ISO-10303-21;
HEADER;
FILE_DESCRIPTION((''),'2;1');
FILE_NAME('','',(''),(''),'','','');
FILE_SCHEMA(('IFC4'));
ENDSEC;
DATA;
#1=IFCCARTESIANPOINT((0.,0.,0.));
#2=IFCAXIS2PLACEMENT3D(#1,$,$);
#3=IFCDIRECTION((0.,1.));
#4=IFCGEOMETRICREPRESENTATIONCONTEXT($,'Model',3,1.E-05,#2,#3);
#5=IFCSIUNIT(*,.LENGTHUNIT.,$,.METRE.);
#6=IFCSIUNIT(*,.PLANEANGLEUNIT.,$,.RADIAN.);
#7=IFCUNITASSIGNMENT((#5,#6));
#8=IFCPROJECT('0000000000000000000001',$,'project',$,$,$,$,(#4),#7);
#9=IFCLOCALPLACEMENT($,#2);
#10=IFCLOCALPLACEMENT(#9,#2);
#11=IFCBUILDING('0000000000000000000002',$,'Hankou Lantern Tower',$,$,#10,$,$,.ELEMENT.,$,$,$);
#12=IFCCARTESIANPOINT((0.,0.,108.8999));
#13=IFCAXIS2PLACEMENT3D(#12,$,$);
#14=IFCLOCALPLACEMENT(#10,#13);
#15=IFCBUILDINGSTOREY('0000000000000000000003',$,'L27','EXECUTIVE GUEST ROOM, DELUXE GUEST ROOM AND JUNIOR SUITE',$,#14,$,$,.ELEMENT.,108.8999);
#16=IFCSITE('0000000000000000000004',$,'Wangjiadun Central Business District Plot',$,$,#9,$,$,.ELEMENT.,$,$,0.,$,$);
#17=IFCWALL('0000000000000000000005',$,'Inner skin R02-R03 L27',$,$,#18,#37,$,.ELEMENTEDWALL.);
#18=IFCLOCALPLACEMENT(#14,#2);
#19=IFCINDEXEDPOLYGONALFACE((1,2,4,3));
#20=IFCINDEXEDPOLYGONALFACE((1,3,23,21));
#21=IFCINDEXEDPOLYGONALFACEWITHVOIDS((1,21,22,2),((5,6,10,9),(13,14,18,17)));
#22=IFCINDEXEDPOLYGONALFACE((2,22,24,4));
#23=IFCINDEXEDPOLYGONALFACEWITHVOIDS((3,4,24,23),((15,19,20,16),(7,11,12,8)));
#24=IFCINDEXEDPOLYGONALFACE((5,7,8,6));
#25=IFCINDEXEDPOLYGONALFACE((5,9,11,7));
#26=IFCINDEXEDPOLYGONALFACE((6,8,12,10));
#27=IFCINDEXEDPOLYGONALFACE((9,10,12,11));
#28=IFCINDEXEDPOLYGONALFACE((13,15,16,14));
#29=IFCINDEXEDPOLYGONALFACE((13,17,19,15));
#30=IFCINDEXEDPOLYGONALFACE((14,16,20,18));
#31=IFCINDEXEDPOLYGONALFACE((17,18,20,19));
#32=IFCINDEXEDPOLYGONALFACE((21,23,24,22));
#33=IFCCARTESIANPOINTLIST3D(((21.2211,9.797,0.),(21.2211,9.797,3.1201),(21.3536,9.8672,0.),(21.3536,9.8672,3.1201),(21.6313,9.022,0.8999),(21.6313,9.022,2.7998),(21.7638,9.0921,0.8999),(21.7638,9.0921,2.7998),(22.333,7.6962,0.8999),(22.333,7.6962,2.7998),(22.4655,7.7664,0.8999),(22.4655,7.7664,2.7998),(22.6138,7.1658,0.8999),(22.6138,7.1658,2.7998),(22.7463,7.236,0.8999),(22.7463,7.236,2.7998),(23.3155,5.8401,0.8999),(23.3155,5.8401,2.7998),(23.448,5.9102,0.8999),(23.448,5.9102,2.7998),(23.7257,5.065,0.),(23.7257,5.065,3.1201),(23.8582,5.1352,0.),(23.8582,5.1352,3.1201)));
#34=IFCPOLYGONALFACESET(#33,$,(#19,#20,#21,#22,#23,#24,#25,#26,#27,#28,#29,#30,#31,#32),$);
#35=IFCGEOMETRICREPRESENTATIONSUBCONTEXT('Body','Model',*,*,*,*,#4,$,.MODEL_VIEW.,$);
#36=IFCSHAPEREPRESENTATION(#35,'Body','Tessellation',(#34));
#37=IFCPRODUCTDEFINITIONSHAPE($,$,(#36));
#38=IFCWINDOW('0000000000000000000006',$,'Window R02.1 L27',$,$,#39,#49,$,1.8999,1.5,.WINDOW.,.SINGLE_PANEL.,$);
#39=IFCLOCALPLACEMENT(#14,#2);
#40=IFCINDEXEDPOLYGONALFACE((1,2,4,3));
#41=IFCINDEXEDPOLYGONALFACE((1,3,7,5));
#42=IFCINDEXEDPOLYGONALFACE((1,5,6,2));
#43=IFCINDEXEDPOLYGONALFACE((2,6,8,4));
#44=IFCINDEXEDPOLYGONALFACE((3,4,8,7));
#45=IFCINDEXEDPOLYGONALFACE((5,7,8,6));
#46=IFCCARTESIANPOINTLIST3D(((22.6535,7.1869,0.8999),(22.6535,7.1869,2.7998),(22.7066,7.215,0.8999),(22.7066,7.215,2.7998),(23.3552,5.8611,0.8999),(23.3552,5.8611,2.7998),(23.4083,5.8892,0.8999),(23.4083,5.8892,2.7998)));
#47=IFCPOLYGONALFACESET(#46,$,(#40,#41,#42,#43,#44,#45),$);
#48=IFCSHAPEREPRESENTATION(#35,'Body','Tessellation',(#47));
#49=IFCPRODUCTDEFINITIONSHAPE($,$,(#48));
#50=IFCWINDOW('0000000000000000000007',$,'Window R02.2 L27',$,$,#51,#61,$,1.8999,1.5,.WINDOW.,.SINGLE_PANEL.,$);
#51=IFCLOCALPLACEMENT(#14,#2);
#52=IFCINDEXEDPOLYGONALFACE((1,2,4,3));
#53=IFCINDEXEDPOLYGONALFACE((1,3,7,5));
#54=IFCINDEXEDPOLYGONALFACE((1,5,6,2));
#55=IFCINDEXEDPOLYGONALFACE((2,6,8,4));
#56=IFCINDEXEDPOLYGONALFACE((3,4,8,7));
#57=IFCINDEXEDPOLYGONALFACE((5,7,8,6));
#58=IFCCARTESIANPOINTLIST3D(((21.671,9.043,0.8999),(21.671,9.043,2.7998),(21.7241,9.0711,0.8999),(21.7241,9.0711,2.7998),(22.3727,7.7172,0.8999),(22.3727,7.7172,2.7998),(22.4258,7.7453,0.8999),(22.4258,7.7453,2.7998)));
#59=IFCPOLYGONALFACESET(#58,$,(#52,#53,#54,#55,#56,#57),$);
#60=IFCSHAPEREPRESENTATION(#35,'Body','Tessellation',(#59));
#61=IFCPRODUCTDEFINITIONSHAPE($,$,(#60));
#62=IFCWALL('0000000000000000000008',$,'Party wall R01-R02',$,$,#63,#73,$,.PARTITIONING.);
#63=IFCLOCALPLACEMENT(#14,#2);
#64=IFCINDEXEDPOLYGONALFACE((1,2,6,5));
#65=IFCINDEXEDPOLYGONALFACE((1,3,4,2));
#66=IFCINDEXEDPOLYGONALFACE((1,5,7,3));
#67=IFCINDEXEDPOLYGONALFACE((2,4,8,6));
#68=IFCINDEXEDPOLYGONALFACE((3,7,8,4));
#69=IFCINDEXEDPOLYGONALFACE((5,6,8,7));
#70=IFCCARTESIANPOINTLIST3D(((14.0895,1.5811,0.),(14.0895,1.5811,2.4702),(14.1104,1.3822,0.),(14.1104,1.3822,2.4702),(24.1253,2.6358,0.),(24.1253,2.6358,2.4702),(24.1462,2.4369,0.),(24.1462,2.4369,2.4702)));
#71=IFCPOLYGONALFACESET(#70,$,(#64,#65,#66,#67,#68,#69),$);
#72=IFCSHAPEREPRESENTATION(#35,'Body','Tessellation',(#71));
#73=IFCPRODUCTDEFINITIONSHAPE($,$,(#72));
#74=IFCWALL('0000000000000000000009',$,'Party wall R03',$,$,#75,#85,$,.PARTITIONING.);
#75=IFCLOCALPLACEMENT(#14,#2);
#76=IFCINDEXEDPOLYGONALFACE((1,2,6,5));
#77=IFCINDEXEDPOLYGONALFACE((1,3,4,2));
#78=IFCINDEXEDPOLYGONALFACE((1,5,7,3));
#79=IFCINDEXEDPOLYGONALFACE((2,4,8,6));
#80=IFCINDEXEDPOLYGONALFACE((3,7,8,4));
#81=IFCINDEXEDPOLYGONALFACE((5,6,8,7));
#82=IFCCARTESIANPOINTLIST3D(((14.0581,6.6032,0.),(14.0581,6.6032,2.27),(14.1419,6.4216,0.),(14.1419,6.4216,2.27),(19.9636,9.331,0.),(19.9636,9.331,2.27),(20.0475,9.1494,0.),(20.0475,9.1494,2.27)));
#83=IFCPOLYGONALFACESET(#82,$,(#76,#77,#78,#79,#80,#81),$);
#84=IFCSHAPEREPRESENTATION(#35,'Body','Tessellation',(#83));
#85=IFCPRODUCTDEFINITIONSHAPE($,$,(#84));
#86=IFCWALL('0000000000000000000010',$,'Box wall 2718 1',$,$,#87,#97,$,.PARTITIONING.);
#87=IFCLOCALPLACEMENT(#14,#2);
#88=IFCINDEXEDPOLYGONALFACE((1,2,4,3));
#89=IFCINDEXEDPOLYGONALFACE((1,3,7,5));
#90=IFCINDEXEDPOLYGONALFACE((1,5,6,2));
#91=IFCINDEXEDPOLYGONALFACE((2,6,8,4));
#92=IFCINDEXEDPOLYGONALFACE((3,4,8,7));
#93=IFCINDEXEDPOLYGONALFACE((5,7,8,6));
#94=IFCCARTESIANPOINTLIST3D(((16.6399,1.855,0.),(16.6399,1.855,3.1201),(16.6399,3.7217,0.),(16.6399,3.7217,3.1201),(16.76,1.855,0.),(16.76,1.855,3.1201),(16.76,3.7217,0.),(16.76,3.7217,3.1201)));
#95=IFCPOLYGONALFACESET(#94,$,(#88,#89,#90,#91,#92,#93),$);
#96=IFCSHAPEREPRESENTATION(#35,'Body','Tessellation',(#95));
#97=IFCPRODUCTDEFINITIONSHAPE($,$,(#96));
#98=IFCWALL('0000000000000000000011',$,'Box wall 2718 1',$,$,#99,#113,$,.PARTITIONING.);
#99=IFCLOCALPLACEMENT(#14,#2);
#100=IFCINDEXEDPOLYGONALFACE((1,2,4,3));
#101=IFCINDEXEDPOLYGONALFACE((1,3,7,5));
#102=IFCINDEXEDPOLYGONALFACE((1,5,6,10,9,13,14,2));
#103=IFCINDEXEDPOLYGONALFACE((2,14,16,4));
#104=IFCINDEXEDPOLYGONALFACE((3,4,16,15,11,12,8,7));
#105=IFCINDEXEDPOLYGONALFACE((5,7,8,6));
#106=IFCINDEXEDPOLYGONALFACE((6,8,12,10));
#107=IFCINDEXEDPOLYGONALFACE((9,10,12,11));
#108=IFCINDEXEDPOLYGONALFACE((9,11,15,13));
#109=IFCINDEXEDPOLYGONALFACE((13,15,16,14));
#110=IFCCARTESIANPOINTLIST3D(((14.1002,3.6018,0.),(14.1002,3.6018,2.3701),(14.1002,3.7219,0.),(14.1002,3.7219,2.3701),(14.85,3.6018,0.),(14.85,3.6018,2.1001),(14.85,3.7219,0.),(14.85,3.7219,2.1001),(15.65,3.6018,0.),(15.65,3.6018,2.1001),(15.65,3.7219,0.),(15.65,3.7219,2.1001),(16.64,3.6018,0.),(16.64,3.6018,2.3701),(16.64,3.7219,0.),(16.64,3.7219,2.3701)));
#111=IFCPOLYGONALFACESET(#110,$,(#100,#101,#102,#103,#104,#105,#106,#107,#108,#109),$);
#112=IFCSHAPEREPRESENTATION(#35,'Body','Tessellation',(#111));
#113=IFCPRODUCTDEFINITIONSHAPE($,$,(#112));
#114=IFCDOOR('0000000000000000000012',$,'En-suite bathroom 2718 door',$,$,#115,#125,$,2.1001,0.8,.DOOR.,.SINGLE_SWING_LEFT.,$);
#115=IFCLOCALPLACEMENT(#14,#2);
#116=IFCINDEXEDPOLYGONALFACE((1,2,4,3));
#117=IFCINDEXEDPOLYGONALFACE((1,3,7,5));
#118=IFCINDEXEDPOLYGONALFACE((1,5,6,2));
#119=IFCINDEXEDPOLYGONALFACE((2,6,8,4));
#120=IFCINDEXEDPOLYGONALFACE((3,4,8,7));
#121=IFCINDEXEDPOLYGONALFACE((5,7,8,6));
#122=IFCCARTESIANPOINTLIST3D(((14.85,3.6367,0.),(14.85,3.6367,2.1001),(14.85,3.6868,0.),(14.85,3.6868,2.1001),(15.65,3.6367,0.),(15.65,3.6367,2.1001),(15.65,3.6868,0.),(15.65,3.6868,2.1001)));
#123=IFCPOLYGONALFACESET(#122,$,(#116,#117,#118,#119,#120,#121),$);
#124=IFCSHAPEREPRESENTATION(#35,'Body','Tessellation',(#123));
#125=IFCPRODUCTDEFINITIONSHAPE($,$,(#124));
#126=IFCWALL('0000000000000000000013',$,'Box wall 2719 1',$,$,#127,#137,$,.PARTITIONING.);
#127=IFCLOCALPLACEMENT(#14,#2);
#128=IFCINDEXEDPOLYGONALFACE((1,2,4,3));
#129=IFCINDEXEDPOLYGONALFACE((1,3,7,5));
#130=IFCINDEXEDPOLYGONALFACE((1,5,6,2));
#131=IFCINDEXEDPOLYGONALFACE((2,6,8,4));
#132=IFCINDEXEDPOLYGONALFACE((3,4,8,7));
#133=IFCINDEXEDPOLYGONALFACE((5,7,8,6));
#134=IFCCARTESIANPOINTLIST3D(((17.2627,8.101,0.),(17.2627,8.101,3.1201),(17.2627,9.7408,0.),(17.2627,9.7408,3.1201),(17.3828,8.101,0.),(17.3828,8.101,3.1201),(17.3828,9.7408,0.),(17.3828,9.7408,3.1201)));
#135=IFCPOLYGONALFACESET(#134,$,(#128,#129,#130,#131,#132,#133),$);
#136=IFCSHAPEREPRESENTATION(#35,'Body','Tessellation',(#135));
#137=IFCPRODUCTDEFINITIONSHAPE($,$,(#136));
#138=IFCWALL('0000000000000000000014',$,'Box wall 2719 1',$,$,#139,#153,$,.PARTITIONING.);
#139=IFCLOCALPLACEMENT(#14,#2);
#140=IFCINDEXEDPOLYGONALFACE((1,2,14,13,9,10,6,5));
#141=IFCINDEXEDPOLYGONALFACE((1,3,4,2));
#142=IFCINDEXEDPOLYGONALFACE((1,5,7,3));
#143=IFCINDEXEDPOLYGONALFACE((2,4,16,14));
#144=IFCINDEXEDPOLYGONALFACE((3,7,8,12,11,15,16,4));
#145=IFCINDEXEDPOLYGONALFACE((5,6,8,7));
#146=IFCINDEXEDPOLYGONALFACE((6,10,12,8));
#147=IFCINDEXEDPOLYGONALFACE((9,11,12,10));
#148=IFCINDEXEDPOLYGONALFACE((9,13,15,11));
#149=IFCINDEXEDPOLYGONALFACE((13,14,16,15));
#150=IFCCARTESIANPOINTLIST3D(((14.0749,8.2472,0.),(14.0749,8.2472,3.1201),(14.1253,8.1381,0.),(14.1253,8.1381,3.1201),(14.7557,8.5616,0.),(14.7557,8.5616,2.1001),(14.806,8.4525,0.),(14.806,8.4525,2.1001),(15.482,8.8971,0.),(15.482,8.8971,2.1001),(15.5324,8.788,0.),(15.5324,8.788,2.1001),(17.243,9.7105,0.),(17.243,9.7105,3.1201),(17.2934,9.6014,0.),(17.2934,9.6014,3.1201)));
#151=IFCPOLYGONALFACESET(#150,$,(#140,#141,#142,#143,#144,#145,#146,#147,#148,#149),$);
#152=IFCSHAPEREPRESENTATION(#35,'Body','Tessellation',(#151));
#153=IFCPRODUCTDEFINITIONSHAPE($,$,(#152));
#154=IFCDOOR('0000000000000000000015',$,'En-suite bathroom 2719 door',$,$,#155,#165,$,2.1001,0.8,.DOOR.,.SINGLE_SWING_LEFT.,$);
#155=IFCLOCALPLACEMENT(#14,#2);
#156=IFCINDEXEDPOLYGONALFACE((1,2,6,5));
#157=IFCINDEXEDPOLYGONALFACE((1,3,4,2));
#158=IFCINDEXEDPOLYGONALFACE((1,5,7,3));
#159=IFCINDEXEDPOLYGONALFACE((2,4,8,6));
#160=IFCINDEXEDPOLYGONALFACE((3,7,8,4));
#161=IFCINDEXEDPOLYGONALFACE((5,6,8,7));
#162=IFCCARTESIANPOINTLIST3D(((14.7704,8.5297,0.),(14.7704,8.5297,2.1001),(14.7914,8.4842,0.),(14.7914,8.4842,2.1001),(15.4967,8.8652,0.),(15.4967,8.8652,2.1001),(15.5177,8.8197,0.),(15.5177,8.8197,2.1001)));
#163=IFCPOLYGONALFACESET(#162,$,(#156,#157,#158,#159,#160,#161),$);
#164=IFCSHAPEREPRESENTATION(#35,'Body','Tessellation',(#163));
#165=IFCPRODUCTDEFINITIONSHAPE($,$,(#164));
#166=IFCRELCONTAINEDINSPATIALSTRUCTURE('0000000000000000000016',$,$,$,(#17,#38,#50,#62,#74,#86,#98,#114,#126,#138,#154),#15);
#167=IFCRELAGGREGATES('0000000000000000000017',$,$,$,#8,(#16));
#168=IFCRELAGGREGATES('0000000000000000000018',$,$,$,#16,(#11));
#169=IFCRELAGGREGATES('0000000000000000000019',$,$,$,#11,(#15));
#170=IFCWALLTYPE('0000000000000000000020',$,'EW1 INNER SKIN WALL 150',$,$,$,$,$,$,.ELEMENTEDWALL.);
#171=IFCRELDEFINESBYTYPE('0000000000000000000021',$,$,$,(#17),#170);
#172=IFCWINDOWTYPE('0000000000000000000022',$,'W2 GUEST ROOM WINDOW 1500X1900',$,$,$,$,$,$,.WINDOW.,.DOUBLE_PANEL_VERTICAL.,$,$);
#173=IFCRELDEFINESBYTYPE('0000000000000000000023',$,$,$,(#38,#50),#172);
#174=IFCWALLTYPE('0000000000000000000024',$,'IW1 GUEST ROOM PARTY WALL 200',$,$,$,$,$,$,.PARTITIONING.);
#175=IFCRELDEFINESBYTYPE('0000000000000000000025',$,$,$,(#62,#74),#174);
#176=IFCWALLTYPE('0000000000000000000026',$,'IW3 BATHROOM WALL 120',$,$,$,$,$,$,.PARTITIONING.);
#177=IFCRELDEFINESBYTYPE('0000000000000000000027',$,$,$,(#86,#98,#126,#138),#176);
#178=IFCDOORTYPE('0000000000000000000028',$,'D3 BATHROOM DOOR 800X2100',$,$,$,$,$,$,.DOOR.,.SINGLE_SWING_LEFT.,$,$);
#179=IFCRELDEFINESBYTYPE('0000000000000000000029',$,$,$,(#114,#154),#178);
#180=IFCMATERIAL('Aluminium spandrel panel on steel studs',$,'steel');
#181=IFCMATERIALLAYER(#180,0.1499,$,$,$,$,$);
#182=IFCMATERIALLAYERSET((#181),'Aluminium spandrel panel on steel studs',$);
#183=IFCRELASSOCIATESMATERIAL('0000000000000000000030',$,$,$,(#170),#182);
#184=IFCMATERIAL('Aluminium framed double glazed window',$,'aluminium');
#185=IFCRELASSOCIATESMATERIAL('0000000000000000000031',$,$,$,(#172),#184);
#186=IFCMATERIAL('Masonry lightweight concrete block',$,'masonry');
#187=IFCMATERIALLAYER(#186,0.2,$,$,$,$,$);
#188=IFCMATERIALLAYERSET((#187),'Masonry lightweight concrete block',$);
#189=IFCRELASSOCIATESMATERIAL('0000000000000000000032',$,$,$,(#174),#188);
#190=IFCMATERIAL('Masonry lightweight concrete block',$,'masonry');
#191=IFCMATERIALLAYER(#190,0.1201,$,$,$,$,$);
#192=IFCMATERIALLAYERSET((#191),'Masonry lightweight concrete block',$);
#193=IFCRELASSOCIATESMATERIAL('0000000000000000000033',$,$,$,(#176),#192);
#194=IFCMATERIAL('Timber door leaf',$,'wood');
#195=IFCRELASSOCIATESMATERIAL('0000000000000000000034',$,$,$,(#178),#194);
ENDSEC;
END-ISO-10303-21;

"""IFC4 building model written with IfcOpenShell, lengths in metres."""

from ifc_helpers import new_model, si_unit, direction, frame, frame_2d, origin, place, context, subcontext, project, spatial, rectangle, extrude, material, layer, layer_set, type_object, element, fill, save


model = new_model("IFC4")

# Units and contexts
model_context = context("Model", 3, precision=1e-05, world=origin(), true_north=direction((0.0, 1.0)))
body_context = subcontext(model_context, "Body", "Model", "MODEL_VIEW")
ifc_project = project(units=[si_unit("LENGTHUNIT", "METRE"), si_unit("PLANEANGLEUNIT", "RADIAN")], contexts=[model_context])

# Site, building, storey
site_placement = place(None, origin())
site = spatial("IfcSite", under=ifc_project, at=site_placement, Name="Wangjiadun Central Business District Plot", CompositionType="ELEMENT", RefElevation=0.0)
building_placement = place(site_placement, origin())
building = spatial("IfcBuilding", under=site, at=building_placement, Name="Hankou Lantern Tower", CompositionType="ELEMENT")
storey_placement = place(building_placement, frame((0.0, 0.0, 108.8999)))
storey = spatial("IfcBuildingStorey", under=building, at=storey_placement, Name="L27", Description="EXECUTIVE GUEST ROOM, DELUXE GUEST ROOM AND JUNIOR SUITE", CompositionType="ELEMENT", Elevation=108.8999)

# Wall, openings, windows
ifc_material_1 = material(Name="Aluminium spandrel panel on steel studs", Category="steel")
ifc_layer_1 = layer(ifc_material_1, 0.1499)
ifc_layer_set_1 = layer_set([ifc_layer_1], Name="Aluminium spandrel panel on steel studs")
wall_type_1 = type_object("IfcWallType", Name="EW1 INNER SKIN WALL 150", PredefinedType="ELEMENTEDWALL", material=ifc_layer_set_1)
ifc_material_2 = material(Name="Aluminium framed double glazed window", Category="aluminium")
window_type = type_object("IfcWindowType", Name="W2 GUEST ROOM WINDOW 1500X1900", PartitioningType="DOUBLE_PANEL_VERTICAL", PredefinedType="WINDOW", material=ifc_material_2)
wall_1_placement = place(storey_placement, frame((23.792, 5.1001, 0.0), z_axis=(0.0, 0.0, 1.0), x_axis=(-0.467814, 0.883827, 0.0)))
wall_1 = element("IfcWall", 1, at=wall_1_placement, inside=storey, type_object=wall_type_1, Name="Inner skin R02-R03 L27", PredefinedType="ELEMENTEDWALL", context=body_context, shape_type="SweptSolid", body=[
    extrude(rectangle(XDim=5.354, YDim=0.1499, at=frame_2d((2.677, 0.0))), origin(), (0.0, 0.0, 1.0), 3.1201),
])
opening_1_placement = place(wall_1_placement, frame((0.877, 0.0, 0.8999)))
opening_1 = element("IfcOpeningElement", 2, at=opening_1_placement, cuts=wall_1, PredefinedType="OPENING", context=body_context, shape_type="SweptSolid", body=[
    extrude(rectangle(XDim=1.5, YDim=1.8999, at=frame_2d((0.75, 0.95))), frame((0.0, 0.085, 0.0), z_axis=(0.0, -1.0, 0.0), x_axis=(1.0, 0.0, 0.0)), (0.0, 0.0, 1.0), 0.1699),
])
opening_2_placement = place(wall_1_placement, frame((2.9771, 0.0, 0.8999)))
opening_2 = element("IfcOpeningElement", 3, at=opening_2_placement, cuts=wall_1, PredefinedType="OPENING", context=body_context, shape_type="SweptSolid", body=[
    extrude(rectangle(XDim=1.5, YDim=1.8999, at=frame_2d((0.75, 0.95))), frame((0.0, 0.085, 0.0), z_axis=(0.0, -1.0, 0.0), x_axis=(1.0, 0.0, 0.0)), (0.0, 0.0, 1.0), 0.1699),
])
window_1_placement = place(opening_1_placement, origin())
window_1 = element("IfcWindow", 4, at=window_1_placement, inside=storey, type_object=window_type, Name="Window R02.1 L27", OverallHeight=1.8999, OverallWidth=1.5, PartitioningType="SINGLE_PANEL", PredefinedType="WINDOW", context=body_context, shape_type="SweptSolid", body=[
    extrude(rectangle(XDim=1.5, YDim=1.8999, at=frame_2d((0.75, 0.95))), frame((0.0, 0.03, 0.0), z_axis=(0.0, -1.0, 0.0), x_axis=(1.0, 0.0, 0.0)), (0.0, 0.0, 1.0), 0.0601),
])
fill(opening_1, window_1)
window_2_placement = place(opening_2_placement, origin())
window_2 = element("IfcWindow", 5, at=window_2_placement, inside=storey, type_object=window_type, Name="Window R02.2 L27", OverallHeight=1.8999, OverallWidth=1.5, PartitioningType="SINGLE_PANEL", PredefinedType="WINDOW", context=body_context, shape_type="SweptSolid", body=[
    extrude(rectangle(XDim=1.5, YDim=1.8999, at=frame_2d((0.75, 0.95))), frame((0.0, 0.03, 0.0), z_axis=(0.0, -1.0, 0.0), x_axis=(1.0, 0.0, 0.0)), (0.0, 0.0, 1.0), 0.0601),
])
fill(opening_2, window_2)

# Walls
ifc_material_3 = material(Name="Masonry lightweight concrete block", Category="masonry")
ifc_layer_2 = layer(ifc_material_3, 0.2)
ifc_layer_set_2 = layer_set([ifc_layer_2], Name="Masonry lightweight concrete block")
wall_type_2 = type_object("IfcWallType", Name="IW1 GUEST ROOM PARTY WALL 200", PredefinedType="PARTITIONING", material=ifc_layer_set_2)
wall_2_placement = place(storey_placement, frame((14.1001, 1.4817, 0.0), z_axis=(0.0, 0.0, 1.0), x_axis=(0.994523, 0.104516, 0.0)))
element("IfcWall", 6, at=wall_2_placement, inside=storey, type_object=wall_type_2, Name="Party wall R01-R02", PredefinedType="PARTITIONING", context=body_context, shape_type="SweptSolid", body=[
    extrude(rectangle(XDim=10.0911, YDim=0.2, at=frame_2d((5.0454, 0.0))), origin(), (0.0, 0.0, 1.0), 2.4702),
])
wall_3_placement = place(storey_placement, frame((14.1001, 6.5125, 0.0), z_axis=(0.0, 0.0, 1.0), x_axis=(0.907833, 0.419332, 0.0)))
element("IfcWall", 7, at=wall_3_placement, inside=storey, type_object=wall_type_2, Name="Party wall R03", PredefinedType="PARTITIONING", context=body_context, shape_type="SweptSolid", body=[
    extrude(rectangle(XDim=6.5051, YDim=0.2, at=frame_2d((3.2524, 0.0))), origin(), (0.0, 0.0, 1.0), 2.27),
])
ifc_material_4 = material(Name="Masonry lightweight concrete block", Category="masonry")
ifc_layer_3 = layer(ifc_material_4, 0.1201)
ifc_layer_set_3 = layer_set([ifc_layer_3], Name="Masonry lightweight concrete block")
wall_type_3 = type_object("IfcWallType", Name="IW3 BATHROOM WALL 120", PredefinedType="PARTITIONING", material=ifc_layer_set_3)
wall_4_placement = place(storey_placement, frame((16.7, 1.855, 0.0), z_axis=(0.0, 0.0, 1.0), x_axis=(0.0, 1.0, 0.0)))
element("IfcWall", 8, at=wall_4_placement, inside=storey, type_object=wall_type_3, Name="Box wall 2718 1", PredefinedType="PARTITIONING", context=body_context, shape_type="SweptSolid", body=[
    extrude(rectangle(XDim=1.8667, YDim=0.1201, at=frame_2d((0.9333, 0.0))), origin(), (0.0, 0.0, 1.0), 3.1201),
])

# Wall, opening, door
wall_5_placement = place(storey_placement, frame((14.1001, 3.6619, 0.0), z_axis=(0.0, 0.0, 1.0), x_axis=(1.0, 0.0, 0.0)))
wall_5 = element("IfcWall", 9, at=wall_5_placement, inside=storey, type_object=wall_type_3, Name="Box wall 2718 1", PredefinedType="PARTITIONING", context=body_context, shape_type="SweptSolid", body=[
    extrude(rectangle(XDim=2.5398, YDim=0.1201, at=frame_2d((1.27, 0.0))), origin(), (0.0, 0.0, 1.0), 2.3701),
])
opening_3_placement = place(wall_5_placement, frame((0.75, 0.0, 0.0)))
opening_3 = element("IfcOpeningElement", 10, at=opening_3_placement, cuts=wall_5, PredefinedType="OPENING", context=body_context, shape_type="SweptSolid", body=[
    extrude(rectangle(XDim=0.8, YDim=2.1001, at=frame_2d((0.3999, 1.05))), frame((0.0, 0.0701, 0.0), z_axis=(0.0, -1.0, 0.0), x_axis=(1.0, 0.0, 0.0)), (0.0, 0.0, 1.0), 0.1401),
])
ifc_material_5 = material(Name="Timber door leaf", Category="wood")
door_type = type_object("IfcDoorType", Name="D3 BATHROOM DOOR 800X2100", OperationType="SINGLE_SWING_LEFT", PredefinedType="DOOR", material=ifc_material_5)
door_1_placement = place(opening_3_placement, origin())
door_1 = element("IfcDoor", 11, at=door_1_placement, inside=storey, type_object=door_type, Name="En-suite bathroom 2718 door", OperationType="SINGLE_SWING_LEFT", OverallHeight=2.1001, OverallWidth=0.8, PredefinedType="DOOR", context=body_context, shape_type="SweptSolid", body=[
    extrude(rectangle(XDim=0.8, YDim=2.1001, at=frame_2d((0.3999, 1.05))), frame((0.0, 0.0249, 0.0), z_axis=(0.0, -1.0, 0.0), x_axis=(1.0, 0.0, 0.0)), (0.0, 0.0, 1.0), 0.05),
])
fill(opening_3, door_1)

# Wall
wall_6_placement = place(storey_placement, frame((17.3228, 8.1011, 0.0), z_axis=(0.0, 0.0, 1.0), x_axis=(0.0, 1.0, 0.0)))
element("IfcWall", 12, at=wall_6_placement, inside=storey, type_object=wall_type_3, Name="Box wall 2719 1", PredefinedType="PARTITIONING", context=body_context, shape_type="SweptSolid", body=[
    extrude(rectangle(XDim=1.6399, YDim=0.1201, at=frame_2d((0.8198, 0.0))), origin(), (0.0, 0.0, 1.0), 3.1201),
])

# Wall, opening, door
wall_7_placement = place(storey_placement, frame((14.1001, 8.1926, 0.0), z_axis=(0.0, 0.0, 1.0), x_axis=(0.907836, 0.419324, 0.0)))
wall_7 = element("IfcWall", 13, at=wall_7_placement, inside=storey, type_object=wall_type_3, Name="Box wall 2719 1", PredefinedType="PARTITIONING", context=body_context, shape_type="SweptSolid", body=[
    extrude(rectangle(XDim=3.4897, YDim=0.1201, at=frame_2d((1.7449, 0.0))), origin(), (0.0, 0.0, 1.0), 3.1201),
])
opening_4_placement = place(wall_7_placement, frame((0.75, 0.0, 0.0)))
opening_4 = element("IfcOpeningElement", 14, at=opening_4_placement, cuts=wall_7, PredefinedType="OPENING", context=body_context, shape_type="SweptSolid", body=[
    extrude(rectangle(XDim=0.8, YDim=2.1001, at=frame_2d((0.3999, 1.05))), frame((0.0, 0.0701, 0.0), z_axis=(0.0, -1.0, 0.0), x_axis=(1.0, 0.0, 0.0)), (0.0, 0.0, 1.0), 0.1401),
])
door_2_placement = place(opening_4_placement, origin())
door_2 = element("IfcDoor", 15, at=door_2_placement, inside=storey, type_object=door_type, Name="En-suite bathroom 2719 door", OperationType="SINGLE_SWING_LEFT", OverallHeight=2.1001, OverallWidth=0.8, PredefinedType="DOOR", context=body_context, shape_type="SweptSolid", body=[
    extrude(rectangle(XDim=0.8, YDim=2.1001, at=frame_2d((0.3999, 1.05))), frame((0.0, 0.0249, 0.0), z_axis=(0.0, -1.0, 0.0), x_axis=(1.0, 0.0, 0.0)), (0.0, 0.0, 1.0), 0.05),
])
fill(opening_4, door_2)

save(model, "model.ifc")
